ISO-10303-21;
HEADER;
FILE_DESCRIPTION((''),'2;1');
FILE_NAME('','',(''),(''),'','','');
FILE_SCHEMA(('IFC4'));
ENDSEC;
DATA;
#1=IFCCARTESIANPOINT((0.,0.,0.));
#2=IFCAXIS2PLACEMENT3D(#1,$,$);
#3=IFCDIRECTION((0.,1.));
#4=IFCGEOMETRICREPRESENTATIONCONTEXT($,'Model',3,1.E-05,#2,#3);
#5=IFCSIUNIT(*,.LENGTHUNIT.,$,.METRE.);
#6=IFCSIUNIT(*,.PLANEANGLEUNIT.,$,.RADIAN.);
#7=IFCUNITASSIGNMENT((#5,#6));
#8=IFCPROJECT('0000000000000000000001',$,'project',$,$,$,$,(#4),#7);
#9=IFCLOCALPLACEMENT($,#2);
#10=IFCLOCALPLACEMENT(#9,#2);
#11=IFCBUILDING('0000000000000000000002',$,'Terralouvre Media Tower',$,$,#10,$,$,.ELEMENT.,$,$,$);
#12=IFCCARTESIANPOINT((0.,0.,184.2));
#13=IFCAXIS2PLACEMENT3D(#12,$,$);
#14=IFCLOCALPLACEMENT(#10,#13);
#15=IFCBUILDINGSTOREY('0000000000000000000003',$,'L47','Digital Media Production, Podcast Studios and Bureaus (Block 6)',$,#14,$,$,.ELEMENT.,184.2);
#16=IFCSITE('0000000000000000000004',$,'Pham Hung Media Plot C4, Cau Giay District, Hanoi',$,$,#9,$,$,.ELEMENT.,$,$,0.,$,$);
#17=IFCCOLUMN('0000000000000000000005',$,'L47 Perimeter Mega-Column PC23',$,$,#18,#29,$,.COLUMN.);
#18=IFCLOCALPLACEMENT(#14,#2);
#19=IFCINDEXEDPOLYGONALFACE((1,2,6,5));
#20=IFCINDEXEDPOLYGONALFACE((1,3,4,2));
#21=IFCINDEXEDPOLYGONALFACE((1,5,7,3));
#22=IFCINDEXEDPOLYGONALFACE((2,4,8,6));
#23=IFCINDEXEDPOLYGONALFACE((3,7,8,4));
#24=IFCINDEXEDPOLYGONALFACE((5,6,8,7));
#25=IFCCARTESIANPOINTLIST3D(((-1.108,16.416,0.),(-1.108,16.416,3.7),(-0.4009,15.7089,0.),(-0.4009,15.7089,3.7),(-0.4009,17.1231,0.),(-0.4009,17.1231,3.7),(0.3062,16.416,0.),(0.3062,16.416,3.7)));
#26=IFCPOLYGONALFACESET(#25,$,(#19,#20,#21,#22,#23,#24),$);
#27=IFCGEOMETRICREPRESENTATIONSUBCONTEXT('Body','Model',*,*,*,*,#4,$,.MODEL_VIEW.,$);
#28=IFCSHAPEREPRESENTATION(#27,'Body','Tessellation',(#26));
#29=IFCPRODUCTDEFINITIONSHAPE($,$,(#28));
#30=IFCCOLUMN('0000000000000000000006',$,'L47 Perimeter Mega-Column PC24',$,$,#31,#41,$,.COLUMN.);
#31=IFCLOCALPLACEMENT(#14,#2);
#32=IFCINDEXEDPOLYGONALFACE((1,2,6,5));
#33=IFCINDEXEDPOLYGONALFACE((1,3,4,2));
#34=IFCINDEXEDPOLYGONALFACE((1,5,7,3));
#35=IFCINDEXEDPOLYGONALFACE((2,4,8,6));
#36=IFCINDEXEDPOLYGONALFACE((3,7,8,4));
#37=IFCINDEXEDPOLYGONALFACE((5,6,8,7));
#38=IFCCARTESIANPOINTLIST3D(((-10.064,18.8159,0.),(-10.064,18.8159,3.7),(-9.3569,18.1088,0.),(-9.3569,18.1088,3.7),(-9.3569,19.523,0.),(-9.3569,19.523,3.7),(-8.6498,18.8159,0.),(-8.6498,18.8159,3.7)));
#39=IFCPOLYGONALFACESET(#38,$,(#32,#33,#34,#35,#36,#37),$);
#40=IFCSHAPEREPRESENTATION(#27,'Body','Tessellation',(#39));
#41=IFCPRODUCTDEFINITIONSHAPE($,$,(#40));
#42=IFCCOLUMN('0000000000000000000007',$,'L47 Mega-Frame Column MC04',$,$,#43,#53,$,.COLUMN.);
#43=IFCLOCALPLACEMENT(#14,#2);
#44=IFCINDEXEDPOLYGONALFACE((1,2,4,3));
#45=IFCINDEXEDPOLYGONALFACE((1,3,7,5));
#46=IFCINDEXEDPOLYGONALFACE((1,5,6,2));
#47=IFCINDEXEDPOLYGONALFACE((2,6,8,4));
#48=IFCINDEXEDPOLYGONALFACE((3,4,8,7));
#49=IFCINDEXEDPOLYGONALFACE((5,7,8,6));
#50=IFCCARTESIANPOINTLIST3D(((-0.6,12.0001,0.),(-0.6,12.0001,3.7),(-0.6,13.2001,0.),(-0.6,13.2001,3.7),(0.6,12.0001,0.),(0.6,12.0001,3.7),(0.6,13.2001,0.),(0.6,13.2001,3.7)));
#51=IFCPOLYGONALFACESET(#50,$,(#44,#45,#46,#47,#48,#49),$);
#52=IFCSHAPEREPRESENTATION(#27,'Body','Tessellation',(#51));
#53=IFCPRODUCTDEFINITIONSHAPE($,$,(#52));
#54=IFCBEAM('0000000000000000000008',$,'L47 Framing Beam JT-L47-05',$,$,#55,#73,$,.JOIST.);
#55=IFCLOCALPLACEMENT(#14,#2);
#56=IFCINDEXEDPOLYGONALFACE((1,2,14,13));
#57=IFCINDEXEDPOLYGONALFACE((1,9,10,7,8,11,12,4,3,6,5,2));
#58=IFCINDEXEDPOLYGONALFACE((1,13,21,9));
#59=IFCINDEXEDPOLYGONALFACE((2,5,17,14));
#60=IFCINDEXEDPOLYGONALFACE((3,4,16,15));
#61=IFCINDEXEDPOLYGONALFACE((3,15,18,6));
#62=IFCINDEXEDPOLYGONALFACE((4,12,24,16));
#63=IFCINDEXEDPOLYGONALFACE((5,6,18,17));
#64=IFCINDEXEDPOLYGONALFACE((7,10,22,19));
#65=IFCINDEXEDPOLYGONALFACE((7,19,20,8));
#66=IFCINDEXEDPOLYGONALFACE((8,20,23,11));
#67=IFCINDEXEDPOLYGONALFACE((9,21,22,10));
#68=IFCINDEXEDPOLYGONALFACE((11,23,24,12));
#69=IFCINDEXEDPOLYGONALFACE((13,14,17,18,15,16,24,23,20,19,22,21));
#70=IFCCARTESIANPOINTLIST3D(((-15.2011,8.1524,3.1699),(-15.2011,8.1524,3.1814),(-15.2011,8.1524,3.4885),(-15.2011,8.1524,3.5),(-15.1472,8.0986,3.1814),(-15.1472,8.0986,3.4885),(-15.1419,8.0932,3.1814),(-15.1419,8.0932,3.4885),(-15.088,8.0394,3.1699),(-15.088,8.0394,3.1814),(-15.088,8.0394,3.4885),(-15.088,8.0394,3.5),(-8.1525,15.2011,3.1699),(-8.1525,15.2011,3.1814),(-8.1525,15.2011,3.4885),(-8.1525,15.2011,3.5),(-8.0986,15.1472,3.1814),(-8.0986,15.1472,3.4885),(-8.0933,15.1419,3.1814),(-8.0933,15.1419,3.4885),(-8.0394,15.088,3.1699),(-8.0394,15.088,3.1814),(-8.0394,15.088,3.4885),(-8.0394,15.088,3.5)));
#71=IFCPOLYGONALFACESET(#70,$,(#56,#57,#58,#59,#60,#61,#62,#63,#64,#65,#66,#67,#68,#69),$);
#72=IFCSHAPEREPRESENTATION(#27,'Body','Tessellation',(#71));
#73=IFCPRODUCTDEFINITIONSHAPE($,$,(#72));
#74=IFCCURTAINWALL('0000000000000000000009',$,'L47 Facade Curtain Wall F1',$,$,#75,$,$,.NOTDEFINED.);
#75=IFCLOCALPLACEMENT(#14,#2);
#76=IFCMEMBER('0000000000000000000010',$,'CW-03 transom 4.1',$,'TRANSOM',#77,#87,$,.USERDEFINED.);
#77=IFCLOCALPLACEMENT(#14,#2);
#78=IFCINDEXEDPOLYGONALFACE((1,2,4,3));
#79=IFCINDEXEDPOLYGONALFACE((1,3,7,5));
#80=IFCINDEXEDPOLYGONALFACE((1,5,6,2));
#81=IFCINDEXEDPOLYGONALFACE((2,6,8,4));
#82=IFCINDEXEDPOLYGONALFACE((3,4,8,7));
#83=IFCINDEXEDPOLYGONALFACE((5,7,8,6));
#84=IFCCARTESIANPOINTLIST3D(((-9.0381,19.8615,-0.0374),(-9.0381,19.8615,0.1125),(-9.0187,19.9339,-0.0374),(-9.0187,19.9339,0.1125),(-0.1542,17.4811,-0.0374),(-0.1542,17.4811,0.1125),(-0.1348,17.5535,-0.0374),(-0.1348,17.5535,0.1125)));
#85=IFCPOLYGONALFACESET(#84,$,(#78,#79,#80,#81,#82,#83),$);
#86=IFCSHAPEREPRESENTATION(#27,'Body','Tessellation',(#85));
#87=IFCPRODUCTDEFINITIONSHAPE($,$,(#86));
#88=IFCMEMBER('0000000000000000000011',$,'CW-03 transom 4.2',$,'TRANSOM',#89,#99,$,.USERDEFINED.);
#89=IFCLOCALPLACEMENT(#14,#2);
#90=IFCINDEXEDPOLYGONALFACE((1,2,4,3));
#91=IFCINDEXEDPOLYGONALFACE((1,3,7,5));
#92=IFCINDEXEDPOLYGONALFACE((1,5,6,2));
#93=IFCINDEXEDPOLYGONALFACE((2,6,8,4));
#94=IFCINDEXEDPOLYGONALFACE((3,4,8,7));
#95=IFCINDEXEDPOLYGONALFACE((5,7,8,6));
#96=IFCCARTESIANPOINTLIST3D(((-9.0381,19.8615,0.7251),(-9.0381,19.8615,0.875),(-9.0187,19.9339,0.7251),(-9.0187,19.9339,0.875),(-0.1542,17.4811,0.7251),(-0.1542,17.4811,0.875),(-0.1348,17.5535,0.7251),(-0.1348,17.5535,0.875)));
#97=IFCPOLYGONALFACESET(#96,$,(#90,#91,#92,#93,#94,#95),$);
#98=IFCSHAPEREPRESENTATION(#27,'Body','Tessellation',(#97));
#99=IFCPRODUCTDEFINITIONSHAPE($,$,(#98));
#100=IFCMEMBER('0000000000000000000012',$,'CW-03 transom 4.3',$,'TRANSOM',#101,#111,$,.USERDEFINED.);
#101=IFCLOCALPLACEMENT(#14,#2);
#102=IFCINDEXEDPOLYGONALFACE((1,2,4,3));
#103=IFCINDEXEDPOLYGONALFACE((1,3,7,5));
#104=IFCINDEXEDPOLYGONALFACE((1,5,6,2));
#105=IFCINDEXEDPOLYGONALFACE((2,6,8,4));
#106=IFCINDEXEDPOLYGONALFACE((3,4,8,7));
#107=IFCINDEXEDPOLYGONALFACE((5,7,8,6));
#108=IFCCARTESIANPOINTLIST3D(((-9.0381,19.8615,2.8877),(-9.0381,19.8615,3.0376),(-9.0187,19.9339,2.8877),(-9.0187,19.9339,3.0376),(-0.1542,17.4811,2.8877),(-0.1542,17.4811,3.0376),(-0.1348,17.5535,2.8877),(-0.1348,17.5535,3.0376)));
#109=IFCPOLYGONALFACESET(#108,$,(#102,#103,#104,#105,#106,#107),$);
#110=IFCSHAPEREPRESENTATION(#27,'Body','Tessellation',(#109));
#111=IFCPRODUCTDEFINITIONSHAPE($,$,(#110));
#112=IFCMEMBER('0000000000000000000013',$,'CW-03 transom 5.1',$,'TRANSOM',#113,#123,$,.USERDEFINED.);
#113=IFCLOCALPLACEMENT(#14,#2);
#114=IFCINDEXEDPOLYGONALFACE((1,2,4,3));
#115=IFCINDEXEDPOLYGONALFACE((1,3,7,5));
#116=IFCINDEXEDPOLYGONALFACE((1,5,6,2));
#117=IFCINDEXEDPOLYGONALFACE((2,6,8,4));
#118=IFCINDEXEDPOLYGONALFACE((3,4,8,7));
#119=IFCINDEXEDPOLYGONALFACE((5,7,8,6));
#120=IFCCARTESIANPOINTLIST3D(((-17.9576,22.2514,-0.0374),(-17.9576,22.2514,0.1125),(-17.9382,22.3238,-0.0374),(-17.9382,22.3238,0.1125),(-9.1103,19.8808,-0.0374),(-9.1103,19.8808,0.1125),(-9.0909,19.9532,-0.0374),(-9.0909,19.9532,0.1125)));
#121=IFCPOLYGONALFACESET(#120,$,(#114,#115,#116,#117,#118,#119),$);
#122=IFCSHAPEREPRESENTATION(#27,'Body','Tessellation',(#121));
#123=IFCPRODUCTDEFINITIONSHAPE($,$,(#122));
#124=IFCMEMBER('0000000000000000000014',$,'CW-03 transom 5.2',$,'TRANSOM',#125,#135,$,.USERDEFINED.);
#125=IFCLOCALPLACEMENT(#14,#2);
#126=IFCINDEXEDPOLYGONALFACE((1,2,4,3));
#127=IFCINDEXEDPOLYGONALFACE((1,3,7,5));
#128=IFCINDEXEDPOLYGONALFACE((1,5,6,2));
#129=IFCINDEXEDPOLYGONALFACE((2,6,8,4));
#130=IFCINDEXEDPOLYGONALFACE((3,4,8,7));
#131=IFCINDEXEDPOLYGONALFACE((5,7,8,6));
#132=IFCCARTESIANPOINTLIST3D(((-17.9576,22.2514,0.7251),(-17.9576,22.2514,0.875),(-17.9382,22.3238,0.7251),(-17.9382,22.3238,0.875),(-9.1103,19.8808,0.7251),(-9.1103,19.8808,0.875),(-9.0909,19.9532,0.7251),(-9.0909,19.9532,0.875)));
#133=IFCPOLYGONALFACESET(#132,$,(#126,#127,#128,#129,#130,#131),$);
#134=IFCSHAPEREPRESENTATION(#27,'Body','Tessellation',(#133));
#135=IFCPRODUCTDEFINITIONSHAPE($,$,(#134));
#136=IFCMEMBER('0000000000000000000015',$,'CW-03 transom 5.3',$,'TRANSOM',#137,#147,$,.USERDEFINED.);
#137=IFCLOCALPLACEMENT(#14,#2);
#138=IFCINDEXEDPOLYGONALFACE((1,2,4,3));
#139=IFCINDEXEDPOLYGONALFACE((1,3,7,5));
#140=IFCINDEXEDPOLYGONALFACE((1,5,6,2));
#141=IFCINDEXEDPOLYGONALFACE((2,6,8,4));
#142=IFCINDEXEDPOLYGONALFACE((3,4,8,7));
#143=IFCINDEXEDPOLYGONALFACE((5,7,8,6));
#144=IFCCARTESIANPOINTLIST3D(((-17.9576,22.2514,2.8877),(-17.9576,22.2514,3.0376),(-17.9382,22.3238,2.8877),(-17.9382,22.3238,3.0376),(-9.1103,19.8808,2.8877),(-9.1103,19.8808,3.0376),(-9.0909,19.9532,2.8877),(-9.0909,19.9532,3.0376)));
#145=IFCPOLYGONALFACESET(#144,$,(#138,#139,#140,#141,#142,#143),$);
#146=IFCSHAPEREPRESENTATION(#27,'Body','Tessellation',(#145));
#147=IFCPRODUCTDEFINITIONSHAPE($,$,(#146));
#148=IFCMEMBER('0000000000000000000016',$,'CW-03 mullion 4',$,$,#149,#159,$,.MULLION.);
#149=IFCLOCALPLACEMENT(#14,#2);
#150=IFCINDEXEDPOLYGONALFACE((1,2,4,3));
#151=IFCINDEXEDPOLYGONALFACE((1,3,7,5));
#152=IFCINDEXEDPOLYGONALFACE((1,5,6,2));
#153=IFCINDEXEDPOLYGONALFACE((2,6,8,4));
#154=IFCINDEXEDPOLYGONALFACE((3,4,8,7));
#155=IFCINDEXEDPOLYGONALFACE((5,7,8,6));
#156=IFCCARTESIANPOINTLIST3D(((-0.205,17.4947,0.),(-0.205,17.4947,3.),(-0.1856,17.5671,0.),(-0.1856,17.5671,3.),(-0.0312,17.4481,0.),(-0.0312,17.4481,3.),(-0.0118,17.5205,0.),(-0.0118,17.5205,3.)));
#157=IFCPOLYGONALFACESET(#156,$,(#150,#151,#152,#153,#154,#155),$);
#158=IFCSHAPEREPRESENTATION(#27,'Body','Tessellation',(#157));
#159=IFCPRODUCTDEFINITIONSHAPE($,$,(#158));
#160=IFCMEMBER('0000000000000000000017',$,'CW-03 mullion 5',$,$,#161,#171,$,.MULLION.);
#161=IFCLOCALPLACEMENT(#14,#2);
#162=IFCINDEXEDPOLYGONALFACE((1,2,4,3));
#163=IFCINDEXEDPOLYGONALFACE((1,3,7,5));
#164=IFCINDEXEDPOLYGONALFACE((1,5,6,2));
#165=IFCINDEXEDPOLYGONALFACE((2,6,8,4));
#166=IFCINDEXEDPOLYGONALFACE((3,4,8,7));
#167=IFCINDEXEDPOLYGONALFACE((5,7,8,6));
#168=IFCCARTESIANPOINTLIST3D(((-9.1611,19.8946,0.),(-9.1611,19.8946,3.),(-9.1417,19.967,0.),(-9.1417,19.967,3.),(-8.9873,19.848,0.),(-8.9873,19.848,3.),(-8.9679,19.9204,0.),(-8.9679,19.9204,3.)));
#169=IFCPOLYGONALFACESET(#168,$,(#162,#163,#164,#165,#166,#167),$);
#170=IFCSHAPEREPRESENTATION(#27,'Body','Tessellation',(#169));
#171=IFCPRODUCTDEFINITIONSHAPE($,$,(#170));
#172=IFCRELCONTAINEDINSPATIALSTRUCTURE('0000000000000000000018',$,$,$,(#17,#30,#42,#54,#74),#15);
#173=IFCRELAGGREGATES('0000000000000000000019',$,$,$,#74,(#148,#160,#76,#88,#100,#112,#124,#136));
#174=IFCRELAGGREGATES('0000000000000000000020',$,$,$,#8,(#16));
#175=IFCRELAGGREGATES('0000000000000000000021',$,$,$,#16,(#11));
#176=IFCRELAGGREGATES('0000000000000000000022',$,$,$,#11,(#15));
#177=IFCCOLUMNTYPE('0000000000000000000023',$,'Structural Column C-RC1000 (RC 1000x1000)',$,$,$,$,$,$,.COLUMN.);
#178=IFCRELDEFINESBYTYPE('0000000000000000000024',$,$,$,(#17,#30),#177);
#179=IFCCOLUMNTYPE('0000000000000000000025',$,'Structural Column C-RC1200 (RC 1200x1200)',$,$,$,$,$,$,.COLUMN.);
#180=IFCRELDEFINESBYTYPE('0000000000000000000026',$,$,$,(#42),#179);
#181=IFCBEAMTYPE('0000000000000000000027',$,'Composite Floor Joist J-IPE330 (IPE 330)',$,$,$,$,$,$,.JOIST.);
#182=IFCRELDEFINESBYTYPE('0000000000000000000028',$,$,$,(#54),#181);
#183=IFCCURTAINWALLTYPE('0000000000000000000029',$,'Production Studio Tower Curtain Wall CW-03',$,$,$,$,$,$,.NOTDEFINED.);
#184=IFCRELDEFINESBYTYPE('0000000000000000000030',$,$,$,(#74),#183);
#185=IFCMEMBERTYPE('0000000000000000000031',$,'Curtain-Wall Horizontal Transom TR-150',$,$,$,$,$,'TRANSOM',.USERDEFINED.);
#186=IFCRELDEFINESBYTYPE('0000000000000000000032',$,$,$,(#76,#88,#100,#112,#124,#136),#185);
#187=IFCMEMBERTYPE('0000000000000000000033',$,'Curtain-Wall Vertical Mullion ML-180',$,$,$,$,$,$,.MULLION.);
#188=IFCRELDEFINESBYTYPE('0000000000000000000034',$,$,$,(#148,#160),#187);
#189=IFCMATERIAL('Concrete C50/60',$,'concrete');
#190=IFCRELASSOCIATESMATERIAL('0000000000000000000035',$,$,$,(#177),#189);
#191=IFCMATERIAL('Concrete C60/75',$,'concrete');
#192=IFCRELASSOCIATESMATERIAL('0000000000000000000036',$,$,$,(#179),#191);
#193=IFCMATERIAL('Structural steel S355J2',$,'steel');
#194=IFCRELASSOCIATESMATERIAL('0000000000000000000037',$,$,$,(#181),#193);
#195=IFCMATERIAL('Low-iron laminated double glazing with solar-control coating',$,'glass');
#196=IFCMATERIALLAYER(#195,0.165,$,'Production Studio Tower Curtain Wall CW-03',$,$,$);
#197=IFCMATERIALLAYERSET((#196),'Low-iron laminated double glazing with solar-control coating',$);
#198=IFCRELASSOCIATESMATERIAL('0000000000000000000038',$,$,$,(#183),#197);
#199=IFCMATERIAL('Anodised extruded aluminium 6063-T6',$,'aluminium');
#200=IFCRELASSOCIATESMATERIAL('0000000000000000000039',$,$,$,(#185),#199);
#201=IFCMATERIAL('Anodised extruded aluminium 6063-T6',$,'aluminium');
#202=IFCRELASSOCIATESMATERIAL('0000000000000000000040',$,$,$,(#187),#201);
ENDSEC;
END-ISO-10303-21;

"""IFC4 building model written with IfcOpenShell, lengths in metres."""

from ifc_helpers import new_model, si_unit, direction, frame, origin, origin_2d, place, context, subcontext, project, spatial, rectangle, i_section, extrude, material, layer, layer_set, material_profile, profile_set, type_object, element, aggregate, save


model = new_model("IFC4")

# Units and contexts
model_context = context("Model", 3, precision=1e-05, world=origin(), true_north=direction((0.0, 1.0)))
body_context = subcontext(model_context, "Body", "Model", "MODEL_VIEW")
ifc_project = project(units=[si_unit("LENGTHUNIT", "METRE"), si_unit("PLANEANGLEUNIT", "RADIAN")], contexts=[model_context])

# Site, building, storey
site_placement = place(None, origin())
site = spatial("IfcSite", under=ifc_project, at=site_placement, Name="Pham Hung Media Plot C4, Cau Giay District, Hanoi", CompositionType="ELEMENT", RefElevation=0.0)
building_placement = place(site_placement, origin())
building = spatial("IfcBuilding", under=site, at=building_placement, Name="Terralouvre Media Tower", CompositionType="ELEMENT")
storey_placement = place(building_placement, frame((0.0, 0.0, 184.2)))
storey = spatial("IfcBuildingStorey", under=building, at=storey_placement, Name="L47", Description="Digital Media Production, Podcast Studios and Bureaus (Block 6)", CompositionType="ELEMENT", Elevation=184.2)

# Columns
ifc_material_1 = material(Name="Concrete C50/60", Category="concrete")
ifc_material_profile_1 = material_profile(ifc_material_1, rectangle(XDim=1.0, YDim=1.0, at=origin_2d()), Name="RC 1000x1000")
ifc_profile_set_1 = profile_set([ifc_material_profile_1], Name="Concrete C50/60")
column_type_1 = type_object("IfcColumnType", Name="Structural Column C-RC1000 (RC 1000x1000)", PredefinedType="COLUMN", material=ifc_profile_set_1)
for number, where, z_axis, x_axis, name in (
    (1, (-0.4009, 16.416, 0.0), (0.0, 0.0, 1.0), (0.707107, 0.707107, 0.0), "L47 Perimeter Mega-Column PC23"),
    (2, (-9.3569, 18.8159, 0.0), (0.0, 0.0, 1.0), (0.707107, 0.707107, 0.0), "L47 Perimeter Mega-Column PC24"),
):
    element("IfcColumn", number, at=place(storey_placement, frame(where, z_axis=z_axis, x_axis=x_axis)), inside=storey, type_object=column_type_1, Name=name, PredefinedType="COLUMN", context=body_context, shape_type="SweptSolid", body=[
        extrude(rectangle(XDim=1.0, YDim=1.0, at=origin_2d()), origin(), (0.0, 0.0, 1.0), 3.7),
    ])
ifc_material_2 = material(Name="Concrete C60/75", Category="concrete")
ifc_material_profile_2 = material_profile(ifc_material_2, rectangle(XDim=1.2, YDim=1.2, at=origin_2d()), Name="RC 1200x1200")
ifc_profile_set_2 = profile_set([ifc_material_profile_2], Name="Concrete C60/75")
column_type_2 = type_object("IfcColumnType", Name="Structural Column C-RC1200 (RC 1200x1200)", PredefinedType="COLUMN", material=ifc_profile_set_2)
column_placement = place(storey_placement, frame((0.0, 12.6001, 0.0), z_axis=(0.0, 0.0, 1.0), x_axis=(1.0, 0.0, 0.0)))
element("IfcColumn", 3, at=column_placement, inside=storey, type_object=column_type_2, Name="L47 Mega-Frame Column MC04", PredefinedType="COLUMN", context=body_context, shape_type="SweptSolid", body=[
    extrude(rectangle(XDim=1.2, YDim=1.2, at=origin_2d()), origin(), (0.0, 0.0, 1.0), 3.7),
])

# Beam
ifc_material_3 = material(Name="Structural steel S355J2", Category="steel")
ifc_material_profile_3 = material_profile(ifc_material_3, i_section(OverallWidth=0.1599, OverallDepth=0.3301, WebThickness=0.0076, FlangeThickness=0.0115, at=origin_2d()), Name="IPE 330")
ifc_profile_set_3 = profile_set([ifc_material_profile_3], Name="Structural steel S355J2")
beam_type_1 = type_object("IfcBeamType", Name="Composite Floor Joist J-IPE330 (IPE 330)", PredefinedType="JOIST", material=ifc_profile_set_3)
beam_1_placement = place(storey_placement, frame((-8.0959, 15.1445, 3.335), z_axis=(-0.707107, -0.707107, 0.0), x_axis=(0.707107, -0.707107, 0.0)))
element("IfcBeam", 4, at=beam_1_placement, inside=storey, type_object=beam_type_1, Name="L47 Framing Beam JT-L47-05", PredefinedType="JOIST", context=body_context, shape_type="SweptSolid", body=[
    extrude(i_section(OverallWidth=0.1599, OverallDepth=0.3301, WebThickness=0.0076, FlangeThickness=0.0115, at=origin_2d()), origin(), (0.0, 0.0, 1.0), 9.9683),
])

# Curtain wall, members
ifc_material_4 = material(Name="Low-iron laminated double glazing with solar-control coating", Category="glass")
ifc_layer_1 = layer(ifc_material_4, 0.165, Name="Production Studio Tower Curtain Wall CW-03")
ifc_layer_set_1 = layer_set([ifc_layer_1], Name="Low-iron laminated double glazing with solar-control coating")
curtain_wall_type = type_object("IfcCurtainWallType", Name="Production Studio Tower Curtain Wall CW-03", PredefinedType="NOTDEFINED", material=ifc_layer_set_1)
curtain_wall_placement = place(storey_placement, origin())
curtain_wall = element("IfcCurtainWall", 5, at=curtain_wall_placement, inside=storey, type_object=curtain_wall_type, Name="L47 Facade Curtain Wall F1", PredefinedType="NOTDEFINED")
ifc_material_5 = material(Name="Anodised extruded aluminium 6063-T6", Category="aluminium")
ifc_material_profile_4 = material_profile(ifc_material_5, rectangle(XDim=0.075, YDim=0.1499, at=origin_2d()), Name="ALU 75x150")
ifc_profile_set_4 = profile_set([ifc_material_profile_4], Name="Anodised extruded aluminium 6063-T6")
member_type_1 = type_object("IfcMemberType", Name="Curtain-Wall Horizontal Transom TR-150", ElementType="TRANSOM", PredefinedType="USERDEFINED", material=ifc_profile_set_4)
member_1_placement = place(storey_placement, frame((-0.1445, 17.5173, 0.0376), z_axis=(-0.965927, 0.258816, 0.0), x_axis=(-0.258816, -0.965927, 0.0)))
member_1 = element("IfcMember", 6, at=member_1_placement, type_object=member_type_1, Name="CW-03 transom 4.1", ObjectType="TRANSOM", PredefinedType="USERDEFINED", context=body_context, shape_type="SweptSolid", body=[
    extrude(rectangle(XDim=0.075, YDim=0.1499, at=origin_2d()), origin(), (0.0, 0.0, 1.0), 9.1973),
])
member_2_placement = place(storey_placement, frame((-0.1445, 17.5173, 0.8), z_axis=(-0.965927, 0.258816, 0.0), x_axis=(-0.258816, -0.965927, 0.0)))
member_2 = element("IfcMember", 7, at=member_2_placement, type_object=member_type_1, Name="CW-03 transom 4.2", ObjectType="TRANSOM", PredefinedType="USERDEFINED", context=body_context, shape_type="SweptSolid", body=[
    extrude(rectangle(XDim=0.075, YDim=0.1499, at=origin_2d()), origin(), (0.0, 0.0, 1.0), 9.1973),
])
member_3_placement = place(storey_placement, frame((-0.1445, 17.5173, 2.9626), z_axis=(-0.965927, 0.258816, 0.0), x_axis=(-0.258816, -0.965927, 0.0)))
member_3 = element("IfcMember", 8, at=member_3_placement, type_object=member_type_1, Name="CW-03 transom 4.3", ObjectType="TRANSOM", PredefinedType="USERDEFINED", context=body_context, shape_type="SweptSolid", body=[
    extrude(rectangle(XDim=0.075, YDim=0.1499, at=origin_2d()), origin(), (0.0, 0.0, 1.0), 9.1973),
])
member_4_placement = place(storey_placement, frame((-9.1006, 19.917, 0.0376), z_axis=(-0.965927, 0.258814, 0.0), x_axis=(-0.258814, -0.965927, 0.0)))
member_4 = element("IfcMember", 9, at=member_4_placement, type_object=member_type_1, Name="CW-03 transom 5.1", ObjectType="TRANSOM", PredefinedType="USERDEFINED", context=body_context, shape_type="SweptSolid", body=[
    extrude(rectangle(XDim=0.075, YDim=0.1499, at=origin_2d()), origin(), (0.0, 0.0, 1.0), 9.1594),
])
member_5_placement = place(storey_placement, frame((-9.1006, 19.917, 0.8), z_axis=(-0.965927, 0.258814, 0.0), x_axis=(-0.258814, -0.965927, 0.0)))
member_5 = element("IfcMember", 10, at=member_5_placement, type_object=member_type_1, Name="CW-03 transom 5.2", ObjectType="TRANSOM", PredefinedType="USERDEFINED", context=body_context, shape_type="SweptSolid", body=[
    extrude(rectangle(XDim=0.075, YDim=0.1499, at=origin_2d()), origin(), (0.0, 0.0, 1.0), 9.1594),
])
member_6_placement = place(storey_placement, frame((-9.1006, 19.917, 2.9626), z_axis=(-0.965927, 0.258814, 0.0), x_axis=(-0.258814, -0.965927, 0.0)))
member_6 = element("IfcMember", 11, at=member_6_placement, type_object=member_type_1, Name="CW-03 transom 5.3", ObjectType="TRANSOM", PredefinedType="USERDEFINED", context=body_context, shape_type="SweptSolid", body=[
    extrude(rectangle(XDim=0.075, YDim=0.1499, at=origin_2d()), origin(), (0.0, 0.0, 1.0), 9.1594),
])
ifc_material_6 = material(Name="Anodised extruded aluminium 6063-T6", Category="aluminium")
ifc_material_profile_5 = material_profile(ifc_material_6, rectangle(XDim=0.075, YDim=0.1799, at=origin_2d()), Name="ALU 75x180")
ifc_profile_set_5 = profile_set([ifc_material_profile_5], Name="Anodised extruded aluminium 6063-T6")
member_type_2 = type_object("IfcMemberType", Name="Curtain-Wall Vertical Mullion ML-180", PredefinedType="MULLION", material=ifc_profile_set_5)
member_7_placement = place(storey_placement, frame((-0.1084, 17.5076, 0.0), z_axis=(0.0, 0.0, 1.0), x_axis=(-0.258819, -0.965926, 0.0)))
member_7 = element("IfcMember", 12, at=member_7_placement, type_object=member_type_2, Name="CW-03 mullion 4", PredefinedType="MULLION", context=body_context, shape_type="SweptSolid", body=[
    extrude(rectangle(XDim=0.075, YDim=0.1799, at=origin_2d()), origin(), (0.0, 0.0, 1.0), 3.0),
])
member_8_placement = place(storey_placement, frame((-9.0645, 19.9075, 0.0), z_axis=(0.0, 0.0, 1.0), x_axis=(-0.258819, -0.965926, 0.0)))
member_8 = element("IfcMember", 13, at=member_8_placement, type_object=member_type_2, Name="CW-03 mullion 5", PredefinedType="MULLION", context=body_context, shape_type="SweptSolid", body=[
    extrude(rectangle(XDim=0.075, YDim=0.1799, at=origin_2d()), origin(), (0.0, 0.0, 1.0), 3.0),
])

aggregate(curtain_wall, [member_7, member_8, member_1, member_2, member_3, member_4, member_5, member_6])

save(model, "model.ifc")
